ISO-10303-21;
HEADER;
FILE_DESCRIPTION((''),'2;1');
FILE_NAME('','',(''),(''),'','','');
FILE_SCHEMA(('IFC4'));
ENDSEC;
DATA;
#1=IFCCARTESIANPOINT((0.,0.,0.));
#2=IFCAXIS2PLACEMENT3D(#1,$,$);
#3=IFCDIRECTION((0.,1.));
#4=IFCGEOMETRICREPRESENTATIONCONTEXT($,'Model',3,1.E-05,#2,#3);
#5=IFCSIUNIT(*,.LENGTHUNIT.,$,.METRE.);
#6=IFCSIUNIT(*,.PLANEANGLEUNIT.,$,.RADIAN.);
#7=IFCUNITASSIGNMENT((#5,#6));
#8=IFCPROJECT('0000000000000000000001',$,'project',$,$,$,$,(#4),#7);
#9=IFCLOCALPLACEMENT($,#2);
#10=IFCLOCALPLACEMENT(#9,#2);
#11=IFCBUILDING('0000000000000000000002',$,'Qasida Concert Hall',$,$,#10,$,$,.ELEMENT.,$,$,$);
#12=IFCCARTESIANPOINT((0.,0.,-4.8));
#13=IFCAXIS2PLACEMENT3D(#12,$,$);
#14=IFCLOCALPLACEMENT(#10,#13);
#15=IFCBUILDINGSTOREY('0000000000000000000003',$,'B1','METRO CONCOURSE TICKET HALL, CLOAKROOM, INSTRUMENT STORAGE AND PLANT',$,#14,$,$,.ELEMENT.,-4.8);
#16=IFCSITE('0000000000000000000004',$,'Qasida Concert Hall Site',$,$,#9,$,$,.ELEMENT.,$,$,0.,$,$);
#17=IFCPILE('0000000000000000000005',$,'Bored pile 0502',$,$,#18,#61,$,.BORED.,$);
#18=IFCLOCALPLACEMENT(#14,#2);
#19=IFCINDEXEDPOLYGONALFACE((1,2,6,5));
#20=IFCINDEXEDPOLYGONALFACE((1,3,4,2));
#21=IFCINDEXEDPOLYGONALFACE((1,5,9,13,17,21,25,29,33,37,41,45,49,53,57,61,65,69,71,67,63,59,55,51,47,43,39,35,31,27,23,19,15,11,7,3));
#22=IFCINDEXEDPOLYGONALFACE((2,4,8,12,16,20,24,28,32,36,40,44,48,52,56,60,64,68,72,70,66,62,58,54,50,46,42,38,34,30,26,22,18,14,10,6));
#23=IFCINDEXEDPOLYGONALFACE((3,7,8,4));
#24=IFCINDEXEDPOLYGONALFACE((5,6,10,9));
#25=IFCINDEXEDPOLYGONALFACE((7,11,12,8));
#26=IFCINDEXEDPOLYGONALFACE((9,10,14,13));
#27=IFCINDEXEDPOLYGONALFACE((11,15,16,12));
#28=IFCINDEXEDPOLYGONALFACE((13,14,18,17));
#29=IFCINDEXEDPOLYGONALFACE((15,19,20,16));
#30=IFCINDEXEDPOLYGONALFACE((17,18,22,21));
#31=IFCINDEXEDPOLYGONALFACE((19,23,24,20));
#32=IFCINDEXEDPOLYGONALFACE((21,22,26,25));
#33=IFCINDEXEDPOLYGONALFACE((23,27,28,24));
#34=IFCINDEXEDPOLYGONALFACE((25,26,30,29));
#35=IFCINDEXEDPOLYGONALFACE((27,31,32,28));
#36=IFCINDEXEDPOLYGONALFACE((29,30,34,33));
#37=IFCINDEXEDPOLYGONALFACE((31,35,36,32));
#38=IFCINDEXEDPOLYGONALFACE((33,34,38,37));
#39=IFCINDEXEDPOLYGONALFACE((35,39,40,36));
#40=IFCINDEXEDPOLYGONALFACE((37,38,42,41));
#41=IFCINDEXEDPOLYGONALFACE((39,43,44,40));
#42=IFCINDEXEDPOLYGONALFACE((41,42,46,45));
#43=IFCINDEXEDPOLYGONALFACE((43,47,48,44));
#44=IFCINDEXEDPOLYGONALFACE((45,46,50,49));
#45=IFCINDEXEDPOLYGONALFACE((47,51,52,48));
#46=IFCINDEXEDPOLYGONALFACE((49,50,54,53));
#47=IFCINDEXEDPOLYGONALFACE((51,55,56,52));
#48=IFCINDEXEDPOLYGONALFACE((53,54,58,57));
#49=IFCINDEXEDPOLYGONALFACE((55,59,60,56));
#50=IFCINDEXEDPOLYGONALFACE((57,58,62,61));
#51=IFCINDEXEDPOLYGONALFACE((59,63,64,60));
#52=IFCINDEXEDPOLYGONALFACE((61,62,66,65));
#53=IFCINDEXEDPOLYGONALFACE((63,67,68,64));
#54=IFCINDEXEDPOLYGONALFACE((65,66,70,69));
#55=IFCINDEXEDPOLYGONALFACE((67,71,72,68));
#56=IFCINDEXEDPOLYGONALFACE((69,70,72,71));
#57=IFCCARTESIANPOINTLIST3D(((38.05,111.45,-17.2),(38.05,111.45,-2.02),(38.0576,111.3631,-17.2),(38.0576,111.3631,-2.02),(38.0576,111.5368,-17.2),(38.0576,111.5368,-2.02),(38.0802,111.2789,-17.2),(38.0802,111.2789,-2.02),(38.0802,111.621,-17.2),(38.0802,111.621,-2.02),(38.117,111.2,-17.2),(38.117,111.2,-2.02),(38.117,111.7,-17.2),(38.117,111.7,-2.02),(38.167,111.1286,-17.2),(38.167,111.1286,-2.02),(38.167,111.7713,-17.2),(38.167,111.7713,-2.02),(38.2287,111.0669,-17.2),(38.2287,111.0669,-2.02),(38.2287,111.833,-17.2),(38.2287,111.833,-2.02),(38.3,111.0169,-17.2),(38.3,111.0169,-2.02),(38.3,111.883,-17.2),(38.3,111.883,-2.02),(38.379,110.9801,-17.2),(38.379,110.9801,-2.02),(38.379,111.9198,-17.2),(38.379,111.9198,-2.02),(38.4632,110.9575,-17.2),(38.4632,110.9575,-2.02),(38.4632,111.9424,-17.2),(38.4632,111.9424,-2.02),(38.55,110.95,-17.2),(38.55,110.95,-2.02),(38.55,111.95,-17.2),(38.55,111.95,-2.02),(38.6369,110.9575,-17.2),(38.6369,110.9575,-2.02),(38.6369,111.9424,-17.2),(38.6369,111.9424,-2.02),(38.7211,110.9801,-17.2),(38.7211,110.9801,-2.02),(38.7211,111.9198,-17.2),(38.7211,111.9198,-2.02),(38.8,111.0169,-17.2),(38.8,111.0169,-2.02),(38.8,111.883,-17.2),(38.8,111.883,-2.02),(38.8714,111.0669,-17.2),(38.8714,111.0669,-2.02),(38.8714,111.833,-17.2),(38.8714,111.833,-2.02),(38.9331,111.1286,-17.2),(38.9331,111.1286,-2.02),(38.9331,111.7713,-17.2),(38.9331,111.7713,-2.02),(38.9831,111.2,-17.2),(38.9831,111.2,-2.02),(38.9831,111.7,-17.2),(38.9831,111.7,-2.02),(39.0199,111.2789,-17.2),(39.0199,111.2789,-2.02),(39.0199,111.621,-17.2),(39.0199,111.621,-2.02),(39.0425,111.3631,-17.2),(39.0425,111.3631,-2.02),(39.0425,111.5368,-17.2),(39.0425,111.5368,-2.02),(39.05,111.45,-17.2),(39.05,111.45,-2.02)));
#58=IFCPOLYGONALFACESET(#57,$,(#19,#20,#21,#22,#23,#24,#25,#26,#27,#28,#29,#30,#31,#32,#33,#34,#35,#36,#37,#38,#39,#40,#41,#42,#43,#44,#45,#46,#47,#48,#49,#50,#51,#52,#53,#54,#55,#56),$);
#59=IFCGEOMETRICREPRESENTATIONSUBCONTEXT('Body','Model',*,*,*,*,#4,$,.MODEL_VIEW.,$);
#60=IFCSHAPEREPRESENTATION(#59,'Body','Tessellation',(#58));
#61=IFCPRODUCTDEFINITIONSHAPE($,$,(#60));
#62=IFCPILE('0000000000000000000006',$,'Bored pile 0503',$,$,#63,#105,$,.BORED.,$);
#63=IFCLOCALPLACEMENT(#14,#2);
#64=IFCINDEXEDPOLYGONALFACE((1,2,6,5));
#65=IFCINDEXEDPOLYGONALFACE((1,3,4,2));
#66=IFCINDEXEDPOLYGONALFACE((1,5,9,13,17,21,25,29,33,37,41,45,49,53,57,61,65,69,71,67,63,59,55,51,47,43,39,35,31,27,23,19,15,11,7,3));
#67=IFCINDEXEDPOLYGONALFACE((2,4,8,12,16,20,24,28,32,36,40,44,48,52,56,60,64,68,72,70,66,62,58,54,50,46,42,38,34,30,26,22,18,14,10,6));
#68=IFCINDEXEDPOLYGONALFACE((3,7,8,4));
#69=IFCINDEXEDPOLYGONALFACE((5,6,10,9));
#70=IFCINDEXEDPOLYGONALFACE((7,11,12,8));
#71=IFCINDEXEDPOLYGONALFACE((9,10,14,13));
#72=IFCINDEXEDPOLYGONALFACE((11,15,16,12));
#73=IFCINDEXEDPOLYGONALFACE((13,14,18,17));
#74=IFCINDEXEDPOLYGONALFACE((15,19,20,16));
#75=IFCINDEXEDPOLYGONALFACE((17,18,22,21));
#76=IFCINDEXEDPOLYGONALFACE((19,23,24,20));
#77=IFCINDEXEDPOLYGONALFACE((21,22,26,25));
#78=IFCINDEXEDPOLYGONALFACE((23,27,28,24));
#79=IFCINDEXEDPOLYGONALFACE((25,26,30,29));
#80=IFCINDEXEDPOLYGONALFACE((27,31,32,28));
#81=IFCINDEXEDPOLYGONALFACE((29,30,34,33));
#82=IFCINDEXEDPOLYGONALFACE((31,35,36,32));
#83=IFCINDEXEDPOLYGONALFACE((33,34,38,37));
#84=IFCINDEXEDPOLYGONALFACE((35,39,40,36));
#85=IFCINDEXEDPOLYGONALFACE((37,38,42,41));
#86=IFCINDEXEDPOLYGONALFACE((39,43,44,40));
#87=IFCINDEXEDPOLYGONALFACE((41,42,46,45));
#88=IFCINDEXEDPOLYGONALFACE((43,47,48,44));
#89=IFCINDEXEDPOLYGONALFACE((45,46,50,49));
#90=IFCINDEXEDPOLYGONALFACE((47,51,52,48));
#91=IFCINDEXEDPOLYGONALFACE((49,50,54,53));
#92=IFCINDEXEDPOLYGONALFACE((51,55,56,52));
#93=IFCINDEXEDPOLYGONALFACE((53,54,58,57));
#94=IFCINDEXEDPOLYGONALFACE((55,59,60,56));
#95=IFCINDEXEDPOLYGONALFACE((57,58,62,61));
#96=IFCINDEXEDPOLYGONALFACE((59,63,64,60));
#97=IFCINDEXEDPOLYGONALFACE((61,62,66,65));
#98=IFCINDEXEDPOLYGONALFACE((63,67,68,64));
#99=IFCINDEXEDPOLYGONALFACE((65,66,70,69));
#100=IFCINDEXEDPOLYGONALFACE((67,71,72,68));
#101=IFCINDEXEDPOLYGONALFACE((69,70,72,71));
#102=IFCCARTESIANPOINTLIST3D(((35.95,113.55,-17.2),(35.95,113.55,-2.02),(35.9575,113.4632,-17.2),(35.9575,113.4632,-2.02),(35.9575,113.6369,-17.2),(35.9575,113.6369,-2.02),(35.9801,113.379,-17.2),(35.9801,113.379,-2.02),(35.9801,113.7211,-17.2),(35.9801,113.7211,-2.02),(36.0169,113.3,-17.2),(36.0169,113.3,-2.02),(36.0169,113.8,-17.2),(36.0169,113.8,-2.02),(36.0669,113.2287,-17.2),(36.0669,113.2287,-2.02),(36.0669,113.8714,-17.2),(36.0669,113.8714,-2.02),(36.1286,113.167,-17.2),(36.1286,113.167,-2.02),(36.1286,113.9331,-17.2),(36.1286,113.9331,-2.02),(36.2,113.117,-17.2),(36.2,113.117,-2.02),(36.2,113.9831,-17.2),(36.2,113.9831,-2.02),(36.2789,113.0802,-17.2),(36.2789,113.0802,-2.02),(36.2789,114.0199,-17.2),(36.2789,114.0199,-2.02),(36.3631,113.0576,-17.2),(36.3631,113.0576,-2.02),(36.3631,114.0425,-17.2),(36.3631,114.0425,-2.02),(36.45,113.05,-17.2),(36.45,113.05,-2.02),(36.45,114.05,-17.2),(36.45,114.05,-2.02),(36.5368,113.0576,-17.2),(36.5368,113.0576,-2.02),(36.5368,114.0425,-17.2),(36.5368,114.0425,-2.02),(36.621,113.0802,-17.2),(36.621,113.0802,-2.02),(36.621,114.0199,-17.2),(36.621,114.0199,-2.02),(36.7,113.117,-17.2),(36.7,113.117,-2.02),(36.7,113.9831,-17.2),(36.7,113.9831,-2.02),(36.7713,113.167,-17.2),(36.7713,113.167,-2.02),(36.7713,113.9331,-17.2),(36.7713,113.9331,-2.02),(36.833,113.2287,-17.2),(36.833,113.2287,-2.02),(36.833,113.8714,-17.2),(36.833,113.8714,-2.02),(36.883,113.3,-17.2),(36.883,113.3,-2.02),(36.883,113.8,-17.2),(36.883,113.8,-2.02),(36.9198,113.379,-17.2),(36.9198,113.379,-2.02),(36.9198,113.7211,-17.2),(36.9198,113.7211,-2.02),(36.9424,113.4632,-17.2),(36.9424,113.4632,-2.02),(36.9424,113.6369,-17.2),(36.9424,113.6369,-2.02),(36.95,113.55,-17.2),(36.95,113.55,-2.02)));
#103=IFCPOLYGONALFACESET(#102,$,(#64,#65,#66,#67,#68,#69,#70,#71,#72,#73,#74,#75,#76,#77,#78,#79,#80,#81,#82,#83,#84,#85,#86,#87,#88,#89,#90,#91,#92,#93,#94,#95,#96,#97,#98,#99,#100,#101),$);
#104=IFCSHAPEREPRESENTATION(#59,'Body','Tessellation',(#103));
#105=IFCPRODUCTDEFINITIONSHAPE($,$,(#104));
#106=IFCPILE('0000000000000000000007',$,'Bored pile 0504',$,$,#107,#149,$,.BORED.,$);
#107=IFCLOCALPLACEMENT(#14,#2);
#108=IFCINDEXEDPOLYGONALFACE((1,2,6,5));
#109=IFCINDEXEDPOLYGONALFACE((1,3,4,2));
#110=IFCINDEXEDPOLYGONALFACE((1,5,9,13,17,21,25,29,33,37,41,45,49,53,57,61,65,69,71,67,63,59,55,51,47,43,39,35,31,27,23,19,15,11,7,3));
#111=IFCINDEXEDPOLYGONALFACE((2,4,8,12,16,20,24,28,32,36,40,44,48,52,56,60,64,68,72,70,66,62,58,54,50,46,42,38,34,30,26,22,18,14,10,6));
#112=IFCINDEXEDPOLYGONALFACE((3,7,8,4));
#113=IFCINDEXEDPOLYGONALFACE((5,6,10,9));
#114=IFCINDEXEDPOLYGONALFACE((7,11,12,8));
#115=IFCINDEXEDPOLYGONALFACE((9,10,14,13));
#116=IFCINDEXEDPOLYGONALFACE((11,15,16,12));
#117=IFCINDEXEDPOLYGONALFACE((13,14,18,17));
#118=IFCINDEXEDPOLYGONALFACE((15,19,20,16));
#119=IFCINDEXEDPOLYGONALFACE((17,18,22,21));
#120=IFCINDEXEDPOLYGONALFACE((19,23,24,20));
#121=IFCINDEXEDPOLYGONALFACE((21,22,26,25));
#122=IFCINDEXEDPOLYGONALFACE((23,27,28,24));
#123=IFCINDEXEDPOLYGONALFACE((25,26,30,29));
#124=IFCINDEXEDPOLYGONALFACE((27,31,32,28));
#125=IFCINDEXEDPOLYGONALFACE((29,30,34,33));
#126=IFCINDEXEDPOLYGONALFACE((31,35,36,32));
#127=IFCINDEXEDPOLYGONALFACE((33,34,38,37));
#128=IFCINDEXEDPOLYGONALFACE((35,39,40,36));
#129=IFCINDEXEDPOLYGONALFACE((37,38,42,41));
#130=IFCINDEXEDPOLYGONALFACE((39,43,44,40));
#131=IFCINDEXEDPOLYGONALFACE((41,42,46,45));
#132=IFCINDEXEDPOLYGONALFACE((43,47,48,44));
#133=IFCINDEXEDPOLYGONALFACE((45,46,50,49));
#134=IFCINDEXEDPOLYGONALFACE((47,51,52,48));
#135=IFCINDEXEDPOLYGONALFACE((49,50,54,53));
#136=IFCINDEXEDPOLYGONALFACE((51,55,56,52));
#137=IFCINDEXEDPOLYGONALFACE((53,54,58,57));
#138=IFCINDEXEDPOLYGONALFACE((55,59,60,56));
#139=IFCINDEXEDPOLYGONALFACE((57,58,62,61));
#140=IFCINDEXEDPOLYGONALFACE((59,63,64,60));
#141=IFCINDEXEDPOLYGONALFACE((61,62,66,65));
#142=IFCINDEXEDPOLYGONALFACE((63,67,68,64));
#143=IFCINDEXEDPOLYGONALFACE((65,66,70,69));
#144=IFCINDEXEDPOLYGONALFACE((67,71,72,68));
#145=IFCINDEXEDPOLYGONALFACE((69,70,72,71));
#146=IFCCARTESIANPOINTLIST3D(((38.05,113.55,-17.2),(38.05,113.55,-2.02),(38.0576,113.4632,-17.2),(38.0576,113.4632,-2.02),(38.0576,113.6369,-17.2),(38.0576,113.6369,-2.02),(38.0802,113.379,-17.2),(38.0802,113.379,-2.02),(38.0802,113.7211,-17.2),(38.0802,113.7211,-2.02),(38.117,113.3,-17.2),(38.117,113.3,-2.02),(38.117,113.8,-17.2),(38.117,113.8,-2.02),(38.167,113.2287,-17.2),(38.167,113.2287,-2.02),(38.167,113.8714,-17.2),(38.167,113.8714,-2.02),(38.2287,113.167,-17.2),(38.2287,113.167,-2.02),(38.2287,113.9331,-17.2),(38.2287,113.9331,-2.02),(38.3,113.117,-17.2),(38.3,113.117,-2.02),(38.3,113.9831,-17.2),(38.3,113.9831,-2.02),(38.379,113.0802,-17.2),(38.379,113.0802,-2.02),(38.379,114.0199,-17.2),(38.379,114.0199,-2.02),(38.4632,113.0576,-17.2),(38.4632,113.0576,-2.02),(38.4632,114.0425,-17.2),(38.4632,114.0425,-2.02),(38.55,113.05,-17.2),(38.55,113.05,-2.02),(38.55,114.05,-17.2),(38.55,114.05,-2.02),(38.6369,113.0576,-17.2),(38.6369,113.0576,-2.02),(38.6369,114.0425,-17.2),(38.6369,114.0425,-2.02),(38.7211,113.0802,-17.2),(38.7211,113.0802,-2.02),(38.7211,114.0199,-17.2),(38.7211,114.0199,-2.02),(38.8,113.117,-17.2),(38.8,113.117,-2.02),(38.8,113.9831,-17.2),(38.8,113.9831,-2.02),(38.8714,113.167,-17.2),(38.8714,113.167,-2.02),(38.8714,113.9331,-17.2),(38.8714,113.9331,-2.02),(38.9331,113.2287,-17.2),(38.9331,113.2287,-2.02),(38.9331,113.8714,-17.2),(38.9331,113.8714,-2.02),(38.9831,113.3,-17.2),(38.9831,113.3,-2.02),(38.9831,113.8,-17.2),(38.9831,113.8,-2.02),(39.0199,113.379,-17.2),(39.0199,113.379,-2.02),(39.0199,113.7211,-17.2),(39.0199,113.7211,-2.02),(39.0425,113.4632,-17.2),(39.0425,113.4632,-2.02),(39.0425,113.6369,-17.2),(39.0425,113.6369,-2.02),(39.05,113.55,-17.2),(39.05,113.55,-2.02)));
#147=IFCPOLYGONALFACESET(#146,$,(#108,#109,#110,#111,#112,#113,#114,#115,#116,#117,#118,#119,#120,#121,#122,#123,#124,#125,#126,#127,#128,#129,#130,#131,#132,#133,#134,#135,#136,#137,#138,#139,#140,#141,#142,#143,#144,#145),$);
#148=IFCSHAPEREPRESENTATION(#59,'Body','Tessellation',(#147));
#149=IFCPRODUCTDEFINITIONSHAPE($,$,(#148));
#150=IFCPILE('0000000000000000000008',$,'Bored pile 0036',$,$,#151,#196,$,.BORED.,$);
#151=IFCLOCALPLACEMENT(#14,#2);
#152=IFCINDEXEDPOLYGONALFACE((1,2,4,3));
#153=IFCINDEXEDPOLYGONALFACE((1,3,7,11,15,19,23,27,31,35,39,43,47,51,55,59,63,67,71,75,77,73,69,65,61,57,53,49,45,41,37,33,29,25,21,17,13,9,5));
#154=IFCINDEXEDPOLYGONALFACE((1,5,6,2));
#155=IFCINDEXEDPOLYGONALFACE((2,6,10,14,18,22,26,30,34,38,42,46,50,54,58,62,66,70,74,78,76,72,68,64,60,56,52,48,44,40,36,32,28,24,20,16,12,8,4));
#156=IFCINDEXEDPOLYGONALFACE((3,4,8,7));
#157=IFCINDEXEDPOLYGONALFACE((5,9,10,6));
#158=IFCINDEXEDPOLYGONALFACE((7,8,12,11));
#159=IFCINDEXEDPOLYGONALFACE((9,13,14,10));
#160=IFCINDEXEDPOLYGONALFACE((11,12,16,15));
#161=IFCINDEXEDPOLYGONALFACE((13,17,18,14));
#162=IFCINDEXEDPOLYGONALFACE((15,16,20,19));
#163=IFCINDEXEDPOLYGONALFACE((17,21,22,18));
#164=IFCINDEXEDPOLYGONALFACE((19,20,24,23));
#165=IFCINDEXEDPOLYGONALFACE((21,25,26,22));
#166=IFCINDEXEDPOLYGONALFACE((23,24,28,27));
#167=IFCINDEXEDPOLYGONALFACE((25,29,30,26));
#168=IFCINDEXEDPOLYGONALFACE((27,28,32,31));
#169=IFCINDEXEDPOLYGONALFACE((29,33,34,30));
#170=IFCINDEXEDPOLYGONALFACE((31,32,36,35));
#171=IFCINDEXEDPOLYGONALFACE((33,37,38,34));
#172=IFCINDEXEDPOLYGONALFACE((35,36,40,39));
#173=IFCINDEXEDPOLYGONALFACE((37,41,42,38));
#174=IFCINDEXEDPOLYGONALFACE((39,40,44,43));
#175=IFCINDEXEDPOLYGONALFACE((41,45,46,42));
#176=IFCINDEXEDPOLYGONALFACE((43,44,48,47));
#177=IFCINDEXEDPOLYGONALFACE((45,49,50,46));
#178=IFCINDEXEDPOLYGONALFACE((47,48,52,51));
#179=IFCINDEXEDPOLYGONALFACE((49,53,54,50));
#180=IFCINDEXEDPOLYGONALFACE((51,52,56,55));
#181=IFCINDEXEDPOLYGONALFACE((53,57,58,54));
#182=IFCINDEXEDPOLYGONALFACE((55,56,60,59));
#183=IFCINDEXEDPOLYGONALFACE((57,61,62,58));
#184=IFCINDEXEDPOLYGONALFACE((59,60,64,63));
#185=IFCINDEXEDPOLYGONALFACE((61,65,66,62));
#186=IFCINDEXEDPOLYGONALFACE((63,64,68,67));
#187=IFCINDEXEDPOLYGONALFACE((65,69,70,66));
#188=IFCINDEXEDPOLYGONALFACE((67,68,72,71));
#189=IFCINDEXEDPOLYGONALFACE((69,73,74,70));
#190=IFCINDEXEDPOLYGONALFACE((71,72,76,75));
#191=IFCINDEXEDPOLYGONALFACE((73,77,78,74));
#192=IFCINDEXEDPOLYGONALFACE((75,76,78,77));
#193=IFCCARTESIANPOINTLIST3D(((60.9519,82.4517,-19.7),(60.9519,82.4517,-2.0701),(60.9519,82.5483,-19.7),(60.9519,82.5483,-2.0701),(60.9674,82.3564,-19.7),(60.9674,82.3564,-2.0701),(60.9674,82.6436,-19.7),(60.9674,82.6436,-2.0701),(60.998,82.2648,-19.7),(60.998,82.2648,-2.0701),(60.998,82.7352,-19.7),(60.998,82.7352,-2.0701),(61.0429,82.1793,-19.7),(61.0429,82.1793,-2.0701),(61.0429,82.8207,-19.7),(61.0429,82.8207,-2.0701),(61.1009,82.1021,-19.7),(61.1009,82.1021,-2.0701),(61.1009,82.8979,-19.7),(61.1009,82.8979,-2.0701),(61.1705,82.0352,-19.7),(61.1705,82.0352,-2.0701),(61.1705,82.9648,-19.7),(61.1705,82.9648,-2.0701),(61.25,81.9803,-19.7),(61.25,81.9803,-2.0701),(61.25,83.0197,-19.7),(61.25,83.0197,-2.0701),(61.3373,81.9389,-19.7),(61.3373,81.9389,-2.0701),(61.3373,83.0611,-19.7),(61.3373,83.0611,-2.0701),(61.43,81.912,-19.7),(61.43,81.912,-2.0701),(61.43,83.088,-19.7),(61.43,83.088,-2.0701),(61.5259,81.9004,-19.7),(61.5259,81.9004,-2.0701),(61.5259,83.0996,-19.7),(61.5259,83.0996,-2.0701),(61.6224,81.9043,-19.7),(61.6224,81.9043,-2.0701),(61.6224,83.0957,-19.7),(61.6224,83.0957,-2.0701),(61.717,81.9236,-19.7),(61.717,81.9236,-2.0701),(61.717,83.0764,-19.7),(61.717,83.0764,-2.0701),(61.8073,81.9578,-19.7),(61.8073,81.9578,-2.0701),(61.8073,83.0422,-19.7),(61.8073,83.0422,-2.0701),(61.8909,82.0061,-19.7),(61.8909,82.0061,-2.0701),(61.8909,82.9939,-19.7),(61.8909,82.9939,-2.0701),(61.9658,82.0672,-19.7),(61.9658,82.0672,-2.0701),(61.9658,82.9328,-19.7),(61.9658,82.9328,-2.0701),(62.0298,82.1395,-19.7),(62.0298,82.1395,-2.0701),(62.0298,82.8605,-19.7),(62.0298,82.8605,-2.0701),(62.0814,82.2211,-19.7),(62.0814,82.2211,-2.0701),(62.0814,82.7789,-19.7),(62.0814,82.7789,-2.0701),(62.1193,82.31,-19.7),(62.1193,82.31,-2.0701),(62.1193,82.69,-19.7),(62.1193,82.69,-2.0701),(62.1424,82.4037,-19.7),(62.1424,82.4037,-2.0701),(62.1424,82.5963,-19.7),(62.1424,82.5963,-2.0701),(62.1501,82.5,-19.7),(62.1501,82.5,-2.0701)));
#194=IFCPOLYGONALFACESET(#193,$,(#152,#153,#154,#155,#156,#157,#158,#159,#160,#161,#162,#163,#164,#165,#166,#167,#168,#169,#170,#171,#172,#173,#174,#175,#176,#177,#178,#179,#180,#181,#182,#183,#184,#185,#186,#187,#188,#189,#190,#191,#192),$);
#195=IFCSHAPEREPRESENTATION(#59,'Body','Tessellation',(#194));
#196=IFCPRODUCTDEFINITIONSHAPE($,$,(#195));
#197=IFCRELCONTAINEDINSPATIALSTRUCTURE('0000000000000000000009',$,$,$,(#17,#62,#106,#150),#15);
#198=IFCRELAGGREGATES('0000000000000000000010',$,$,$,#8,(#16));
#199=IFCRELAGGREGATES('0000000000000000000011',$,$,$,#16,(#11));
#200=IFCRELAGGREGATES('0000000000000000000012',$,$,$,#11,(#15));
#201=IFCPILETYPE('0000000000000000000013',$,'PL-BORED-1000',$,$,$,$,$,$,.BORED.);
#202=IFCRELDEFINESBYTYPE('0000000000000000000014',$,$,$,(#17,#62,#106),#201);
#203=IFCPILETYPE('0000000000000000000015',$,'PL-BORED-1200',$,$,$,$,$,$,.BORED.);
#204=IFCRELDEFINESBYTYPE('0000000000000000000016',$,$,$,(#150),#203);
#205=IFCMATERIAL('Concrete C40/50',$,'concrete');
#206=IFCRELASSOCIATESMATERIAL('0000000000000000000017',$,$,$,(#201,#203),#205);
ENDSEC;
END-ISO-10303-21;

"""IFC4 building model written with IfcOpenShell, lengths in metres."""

from ifc_helpers import new_model, si_unit, direction, frame, origin, origin_2d, place, context, subcontext, project, spatial, circle, extrude, material, material_profile, profile_set, type_object, element, save


model = new_model("IFC4")

# Units and contexts
model_context = context("Model", 3, precision=1e-05, world=origin(), true_north=direction((0.0, 1.0)))
body_context = subcontext(model_context, "Body", "Model", "MODEL_VIEW")
ifc_project = project(units=[si_unit("LENGTHUNIT", "METRE"), si_unit("PLANEANGLEUNIT", "RADIAN")], contexts=[model_context])

# Site, building, storey
site_placement = place(None, origin())
site = spatial("IfcSite", under=ifc_project, at=site_placement, Name="Qasida Concert Hall Site", CompositionType="ELEMENT", RefElevation=0.0)
building_placement = place(site_placement, origin())
building = spatial("IfcBuilding", under=site, at=building_placement, Name="Qasida Concert Hall", CompositionType="ELEMENT")
storey_placement = place(building_placement, frame((0.0, 0.0, -4.8)))
storey = spatial("IfcBuildingStorey", under=building, at=storey_placement, Name="B1", Description="METRO CONCOURSE TICKET HALL, CLOAKROOM, INSTRUMENT STORAGE AND PLANT", CompositionType="ELEMENT", Elevation=-4.8)

# Shared definitions
ifc_material_1 = material(Name="Concrete C40/50", Category="concrete")

# Piles
ifc_material_profile_1 = material_profile(ifc_material_1, circle(Radius=0.5, at=origin_2d()), Name="BORED PILE D1000")
ifc_profile_set_1 = profile_set([ifc_material_profile_1], Name="Concrete C40/50")
pile_type_1 = type_object("IfcPileType", Name="PL-BORED-1000", PredefinedType="BORED", material=ifc_profile_set_1)
for number, where, z_axis, x_axis, name in (
    (1, (38.55, 111.45, -2.02), (0.0, 0.0, -1.0), (1.0, 0.0, 0.0), "Bored pile 0502"),
    (2, (36.45, 113.55, -2.02), (0.0, 0.0, -1.0), (1.0, 0.0, 0.0), "Bored pile 0503"),
    (3, (38.55, 113.55, -2.02), (0.0, 0.0, -1.0), (1.0, 0.0, 0.0), "Bored pile 0504"),
):
    element("IfcPile", number, at=place(storey_placement, frame(where, z_axis=z_axis, x_axis=x_axis)), inside=storey, type_object=pile_type_1, Name=name, PredefinedType="BORED", context=body_context, shape_type="SweptSolid", body=[
        extrude(circle(Radius=0.5, at=origin_2d()), origin(), (0.0, 0.0, 1.0), 15.1799),
    ])
ifc_material_profile_2 = material_profile(ifc_material_1, circle(Radius=0.6001, at=origin_2d()), Name="BORED PILE D1200")
ifc_profile_set_2 = profile_set([ifc_material_profile_2], Name="Concrete C40/50")
pile_type_2 = type_object("IfcPileType", Name="PL-BORED-1200", PredefinedType="BORED", material=ifc_profile_set_2)
pile_placement = place(storey_placement, frame((61.55, 82.5, -2.0701), z_axis=(0.0, 0.0, -1.0), x_axis=(1.0, 0.0, 0.0)))
element("IfcPile", 4, at=pile_placement, inside=storey, type_object=pile_type_2, Name="Bored pile 0036", PredefinedType="BORED", context=body_context, shape_type="SweptSolid", body=[
    extrude(circle(Radius=0.6001, at=origin_2d()), origin(), (0.0, 0.0, 1.0), 17.6299),
])

save(model, "model.ifc")
